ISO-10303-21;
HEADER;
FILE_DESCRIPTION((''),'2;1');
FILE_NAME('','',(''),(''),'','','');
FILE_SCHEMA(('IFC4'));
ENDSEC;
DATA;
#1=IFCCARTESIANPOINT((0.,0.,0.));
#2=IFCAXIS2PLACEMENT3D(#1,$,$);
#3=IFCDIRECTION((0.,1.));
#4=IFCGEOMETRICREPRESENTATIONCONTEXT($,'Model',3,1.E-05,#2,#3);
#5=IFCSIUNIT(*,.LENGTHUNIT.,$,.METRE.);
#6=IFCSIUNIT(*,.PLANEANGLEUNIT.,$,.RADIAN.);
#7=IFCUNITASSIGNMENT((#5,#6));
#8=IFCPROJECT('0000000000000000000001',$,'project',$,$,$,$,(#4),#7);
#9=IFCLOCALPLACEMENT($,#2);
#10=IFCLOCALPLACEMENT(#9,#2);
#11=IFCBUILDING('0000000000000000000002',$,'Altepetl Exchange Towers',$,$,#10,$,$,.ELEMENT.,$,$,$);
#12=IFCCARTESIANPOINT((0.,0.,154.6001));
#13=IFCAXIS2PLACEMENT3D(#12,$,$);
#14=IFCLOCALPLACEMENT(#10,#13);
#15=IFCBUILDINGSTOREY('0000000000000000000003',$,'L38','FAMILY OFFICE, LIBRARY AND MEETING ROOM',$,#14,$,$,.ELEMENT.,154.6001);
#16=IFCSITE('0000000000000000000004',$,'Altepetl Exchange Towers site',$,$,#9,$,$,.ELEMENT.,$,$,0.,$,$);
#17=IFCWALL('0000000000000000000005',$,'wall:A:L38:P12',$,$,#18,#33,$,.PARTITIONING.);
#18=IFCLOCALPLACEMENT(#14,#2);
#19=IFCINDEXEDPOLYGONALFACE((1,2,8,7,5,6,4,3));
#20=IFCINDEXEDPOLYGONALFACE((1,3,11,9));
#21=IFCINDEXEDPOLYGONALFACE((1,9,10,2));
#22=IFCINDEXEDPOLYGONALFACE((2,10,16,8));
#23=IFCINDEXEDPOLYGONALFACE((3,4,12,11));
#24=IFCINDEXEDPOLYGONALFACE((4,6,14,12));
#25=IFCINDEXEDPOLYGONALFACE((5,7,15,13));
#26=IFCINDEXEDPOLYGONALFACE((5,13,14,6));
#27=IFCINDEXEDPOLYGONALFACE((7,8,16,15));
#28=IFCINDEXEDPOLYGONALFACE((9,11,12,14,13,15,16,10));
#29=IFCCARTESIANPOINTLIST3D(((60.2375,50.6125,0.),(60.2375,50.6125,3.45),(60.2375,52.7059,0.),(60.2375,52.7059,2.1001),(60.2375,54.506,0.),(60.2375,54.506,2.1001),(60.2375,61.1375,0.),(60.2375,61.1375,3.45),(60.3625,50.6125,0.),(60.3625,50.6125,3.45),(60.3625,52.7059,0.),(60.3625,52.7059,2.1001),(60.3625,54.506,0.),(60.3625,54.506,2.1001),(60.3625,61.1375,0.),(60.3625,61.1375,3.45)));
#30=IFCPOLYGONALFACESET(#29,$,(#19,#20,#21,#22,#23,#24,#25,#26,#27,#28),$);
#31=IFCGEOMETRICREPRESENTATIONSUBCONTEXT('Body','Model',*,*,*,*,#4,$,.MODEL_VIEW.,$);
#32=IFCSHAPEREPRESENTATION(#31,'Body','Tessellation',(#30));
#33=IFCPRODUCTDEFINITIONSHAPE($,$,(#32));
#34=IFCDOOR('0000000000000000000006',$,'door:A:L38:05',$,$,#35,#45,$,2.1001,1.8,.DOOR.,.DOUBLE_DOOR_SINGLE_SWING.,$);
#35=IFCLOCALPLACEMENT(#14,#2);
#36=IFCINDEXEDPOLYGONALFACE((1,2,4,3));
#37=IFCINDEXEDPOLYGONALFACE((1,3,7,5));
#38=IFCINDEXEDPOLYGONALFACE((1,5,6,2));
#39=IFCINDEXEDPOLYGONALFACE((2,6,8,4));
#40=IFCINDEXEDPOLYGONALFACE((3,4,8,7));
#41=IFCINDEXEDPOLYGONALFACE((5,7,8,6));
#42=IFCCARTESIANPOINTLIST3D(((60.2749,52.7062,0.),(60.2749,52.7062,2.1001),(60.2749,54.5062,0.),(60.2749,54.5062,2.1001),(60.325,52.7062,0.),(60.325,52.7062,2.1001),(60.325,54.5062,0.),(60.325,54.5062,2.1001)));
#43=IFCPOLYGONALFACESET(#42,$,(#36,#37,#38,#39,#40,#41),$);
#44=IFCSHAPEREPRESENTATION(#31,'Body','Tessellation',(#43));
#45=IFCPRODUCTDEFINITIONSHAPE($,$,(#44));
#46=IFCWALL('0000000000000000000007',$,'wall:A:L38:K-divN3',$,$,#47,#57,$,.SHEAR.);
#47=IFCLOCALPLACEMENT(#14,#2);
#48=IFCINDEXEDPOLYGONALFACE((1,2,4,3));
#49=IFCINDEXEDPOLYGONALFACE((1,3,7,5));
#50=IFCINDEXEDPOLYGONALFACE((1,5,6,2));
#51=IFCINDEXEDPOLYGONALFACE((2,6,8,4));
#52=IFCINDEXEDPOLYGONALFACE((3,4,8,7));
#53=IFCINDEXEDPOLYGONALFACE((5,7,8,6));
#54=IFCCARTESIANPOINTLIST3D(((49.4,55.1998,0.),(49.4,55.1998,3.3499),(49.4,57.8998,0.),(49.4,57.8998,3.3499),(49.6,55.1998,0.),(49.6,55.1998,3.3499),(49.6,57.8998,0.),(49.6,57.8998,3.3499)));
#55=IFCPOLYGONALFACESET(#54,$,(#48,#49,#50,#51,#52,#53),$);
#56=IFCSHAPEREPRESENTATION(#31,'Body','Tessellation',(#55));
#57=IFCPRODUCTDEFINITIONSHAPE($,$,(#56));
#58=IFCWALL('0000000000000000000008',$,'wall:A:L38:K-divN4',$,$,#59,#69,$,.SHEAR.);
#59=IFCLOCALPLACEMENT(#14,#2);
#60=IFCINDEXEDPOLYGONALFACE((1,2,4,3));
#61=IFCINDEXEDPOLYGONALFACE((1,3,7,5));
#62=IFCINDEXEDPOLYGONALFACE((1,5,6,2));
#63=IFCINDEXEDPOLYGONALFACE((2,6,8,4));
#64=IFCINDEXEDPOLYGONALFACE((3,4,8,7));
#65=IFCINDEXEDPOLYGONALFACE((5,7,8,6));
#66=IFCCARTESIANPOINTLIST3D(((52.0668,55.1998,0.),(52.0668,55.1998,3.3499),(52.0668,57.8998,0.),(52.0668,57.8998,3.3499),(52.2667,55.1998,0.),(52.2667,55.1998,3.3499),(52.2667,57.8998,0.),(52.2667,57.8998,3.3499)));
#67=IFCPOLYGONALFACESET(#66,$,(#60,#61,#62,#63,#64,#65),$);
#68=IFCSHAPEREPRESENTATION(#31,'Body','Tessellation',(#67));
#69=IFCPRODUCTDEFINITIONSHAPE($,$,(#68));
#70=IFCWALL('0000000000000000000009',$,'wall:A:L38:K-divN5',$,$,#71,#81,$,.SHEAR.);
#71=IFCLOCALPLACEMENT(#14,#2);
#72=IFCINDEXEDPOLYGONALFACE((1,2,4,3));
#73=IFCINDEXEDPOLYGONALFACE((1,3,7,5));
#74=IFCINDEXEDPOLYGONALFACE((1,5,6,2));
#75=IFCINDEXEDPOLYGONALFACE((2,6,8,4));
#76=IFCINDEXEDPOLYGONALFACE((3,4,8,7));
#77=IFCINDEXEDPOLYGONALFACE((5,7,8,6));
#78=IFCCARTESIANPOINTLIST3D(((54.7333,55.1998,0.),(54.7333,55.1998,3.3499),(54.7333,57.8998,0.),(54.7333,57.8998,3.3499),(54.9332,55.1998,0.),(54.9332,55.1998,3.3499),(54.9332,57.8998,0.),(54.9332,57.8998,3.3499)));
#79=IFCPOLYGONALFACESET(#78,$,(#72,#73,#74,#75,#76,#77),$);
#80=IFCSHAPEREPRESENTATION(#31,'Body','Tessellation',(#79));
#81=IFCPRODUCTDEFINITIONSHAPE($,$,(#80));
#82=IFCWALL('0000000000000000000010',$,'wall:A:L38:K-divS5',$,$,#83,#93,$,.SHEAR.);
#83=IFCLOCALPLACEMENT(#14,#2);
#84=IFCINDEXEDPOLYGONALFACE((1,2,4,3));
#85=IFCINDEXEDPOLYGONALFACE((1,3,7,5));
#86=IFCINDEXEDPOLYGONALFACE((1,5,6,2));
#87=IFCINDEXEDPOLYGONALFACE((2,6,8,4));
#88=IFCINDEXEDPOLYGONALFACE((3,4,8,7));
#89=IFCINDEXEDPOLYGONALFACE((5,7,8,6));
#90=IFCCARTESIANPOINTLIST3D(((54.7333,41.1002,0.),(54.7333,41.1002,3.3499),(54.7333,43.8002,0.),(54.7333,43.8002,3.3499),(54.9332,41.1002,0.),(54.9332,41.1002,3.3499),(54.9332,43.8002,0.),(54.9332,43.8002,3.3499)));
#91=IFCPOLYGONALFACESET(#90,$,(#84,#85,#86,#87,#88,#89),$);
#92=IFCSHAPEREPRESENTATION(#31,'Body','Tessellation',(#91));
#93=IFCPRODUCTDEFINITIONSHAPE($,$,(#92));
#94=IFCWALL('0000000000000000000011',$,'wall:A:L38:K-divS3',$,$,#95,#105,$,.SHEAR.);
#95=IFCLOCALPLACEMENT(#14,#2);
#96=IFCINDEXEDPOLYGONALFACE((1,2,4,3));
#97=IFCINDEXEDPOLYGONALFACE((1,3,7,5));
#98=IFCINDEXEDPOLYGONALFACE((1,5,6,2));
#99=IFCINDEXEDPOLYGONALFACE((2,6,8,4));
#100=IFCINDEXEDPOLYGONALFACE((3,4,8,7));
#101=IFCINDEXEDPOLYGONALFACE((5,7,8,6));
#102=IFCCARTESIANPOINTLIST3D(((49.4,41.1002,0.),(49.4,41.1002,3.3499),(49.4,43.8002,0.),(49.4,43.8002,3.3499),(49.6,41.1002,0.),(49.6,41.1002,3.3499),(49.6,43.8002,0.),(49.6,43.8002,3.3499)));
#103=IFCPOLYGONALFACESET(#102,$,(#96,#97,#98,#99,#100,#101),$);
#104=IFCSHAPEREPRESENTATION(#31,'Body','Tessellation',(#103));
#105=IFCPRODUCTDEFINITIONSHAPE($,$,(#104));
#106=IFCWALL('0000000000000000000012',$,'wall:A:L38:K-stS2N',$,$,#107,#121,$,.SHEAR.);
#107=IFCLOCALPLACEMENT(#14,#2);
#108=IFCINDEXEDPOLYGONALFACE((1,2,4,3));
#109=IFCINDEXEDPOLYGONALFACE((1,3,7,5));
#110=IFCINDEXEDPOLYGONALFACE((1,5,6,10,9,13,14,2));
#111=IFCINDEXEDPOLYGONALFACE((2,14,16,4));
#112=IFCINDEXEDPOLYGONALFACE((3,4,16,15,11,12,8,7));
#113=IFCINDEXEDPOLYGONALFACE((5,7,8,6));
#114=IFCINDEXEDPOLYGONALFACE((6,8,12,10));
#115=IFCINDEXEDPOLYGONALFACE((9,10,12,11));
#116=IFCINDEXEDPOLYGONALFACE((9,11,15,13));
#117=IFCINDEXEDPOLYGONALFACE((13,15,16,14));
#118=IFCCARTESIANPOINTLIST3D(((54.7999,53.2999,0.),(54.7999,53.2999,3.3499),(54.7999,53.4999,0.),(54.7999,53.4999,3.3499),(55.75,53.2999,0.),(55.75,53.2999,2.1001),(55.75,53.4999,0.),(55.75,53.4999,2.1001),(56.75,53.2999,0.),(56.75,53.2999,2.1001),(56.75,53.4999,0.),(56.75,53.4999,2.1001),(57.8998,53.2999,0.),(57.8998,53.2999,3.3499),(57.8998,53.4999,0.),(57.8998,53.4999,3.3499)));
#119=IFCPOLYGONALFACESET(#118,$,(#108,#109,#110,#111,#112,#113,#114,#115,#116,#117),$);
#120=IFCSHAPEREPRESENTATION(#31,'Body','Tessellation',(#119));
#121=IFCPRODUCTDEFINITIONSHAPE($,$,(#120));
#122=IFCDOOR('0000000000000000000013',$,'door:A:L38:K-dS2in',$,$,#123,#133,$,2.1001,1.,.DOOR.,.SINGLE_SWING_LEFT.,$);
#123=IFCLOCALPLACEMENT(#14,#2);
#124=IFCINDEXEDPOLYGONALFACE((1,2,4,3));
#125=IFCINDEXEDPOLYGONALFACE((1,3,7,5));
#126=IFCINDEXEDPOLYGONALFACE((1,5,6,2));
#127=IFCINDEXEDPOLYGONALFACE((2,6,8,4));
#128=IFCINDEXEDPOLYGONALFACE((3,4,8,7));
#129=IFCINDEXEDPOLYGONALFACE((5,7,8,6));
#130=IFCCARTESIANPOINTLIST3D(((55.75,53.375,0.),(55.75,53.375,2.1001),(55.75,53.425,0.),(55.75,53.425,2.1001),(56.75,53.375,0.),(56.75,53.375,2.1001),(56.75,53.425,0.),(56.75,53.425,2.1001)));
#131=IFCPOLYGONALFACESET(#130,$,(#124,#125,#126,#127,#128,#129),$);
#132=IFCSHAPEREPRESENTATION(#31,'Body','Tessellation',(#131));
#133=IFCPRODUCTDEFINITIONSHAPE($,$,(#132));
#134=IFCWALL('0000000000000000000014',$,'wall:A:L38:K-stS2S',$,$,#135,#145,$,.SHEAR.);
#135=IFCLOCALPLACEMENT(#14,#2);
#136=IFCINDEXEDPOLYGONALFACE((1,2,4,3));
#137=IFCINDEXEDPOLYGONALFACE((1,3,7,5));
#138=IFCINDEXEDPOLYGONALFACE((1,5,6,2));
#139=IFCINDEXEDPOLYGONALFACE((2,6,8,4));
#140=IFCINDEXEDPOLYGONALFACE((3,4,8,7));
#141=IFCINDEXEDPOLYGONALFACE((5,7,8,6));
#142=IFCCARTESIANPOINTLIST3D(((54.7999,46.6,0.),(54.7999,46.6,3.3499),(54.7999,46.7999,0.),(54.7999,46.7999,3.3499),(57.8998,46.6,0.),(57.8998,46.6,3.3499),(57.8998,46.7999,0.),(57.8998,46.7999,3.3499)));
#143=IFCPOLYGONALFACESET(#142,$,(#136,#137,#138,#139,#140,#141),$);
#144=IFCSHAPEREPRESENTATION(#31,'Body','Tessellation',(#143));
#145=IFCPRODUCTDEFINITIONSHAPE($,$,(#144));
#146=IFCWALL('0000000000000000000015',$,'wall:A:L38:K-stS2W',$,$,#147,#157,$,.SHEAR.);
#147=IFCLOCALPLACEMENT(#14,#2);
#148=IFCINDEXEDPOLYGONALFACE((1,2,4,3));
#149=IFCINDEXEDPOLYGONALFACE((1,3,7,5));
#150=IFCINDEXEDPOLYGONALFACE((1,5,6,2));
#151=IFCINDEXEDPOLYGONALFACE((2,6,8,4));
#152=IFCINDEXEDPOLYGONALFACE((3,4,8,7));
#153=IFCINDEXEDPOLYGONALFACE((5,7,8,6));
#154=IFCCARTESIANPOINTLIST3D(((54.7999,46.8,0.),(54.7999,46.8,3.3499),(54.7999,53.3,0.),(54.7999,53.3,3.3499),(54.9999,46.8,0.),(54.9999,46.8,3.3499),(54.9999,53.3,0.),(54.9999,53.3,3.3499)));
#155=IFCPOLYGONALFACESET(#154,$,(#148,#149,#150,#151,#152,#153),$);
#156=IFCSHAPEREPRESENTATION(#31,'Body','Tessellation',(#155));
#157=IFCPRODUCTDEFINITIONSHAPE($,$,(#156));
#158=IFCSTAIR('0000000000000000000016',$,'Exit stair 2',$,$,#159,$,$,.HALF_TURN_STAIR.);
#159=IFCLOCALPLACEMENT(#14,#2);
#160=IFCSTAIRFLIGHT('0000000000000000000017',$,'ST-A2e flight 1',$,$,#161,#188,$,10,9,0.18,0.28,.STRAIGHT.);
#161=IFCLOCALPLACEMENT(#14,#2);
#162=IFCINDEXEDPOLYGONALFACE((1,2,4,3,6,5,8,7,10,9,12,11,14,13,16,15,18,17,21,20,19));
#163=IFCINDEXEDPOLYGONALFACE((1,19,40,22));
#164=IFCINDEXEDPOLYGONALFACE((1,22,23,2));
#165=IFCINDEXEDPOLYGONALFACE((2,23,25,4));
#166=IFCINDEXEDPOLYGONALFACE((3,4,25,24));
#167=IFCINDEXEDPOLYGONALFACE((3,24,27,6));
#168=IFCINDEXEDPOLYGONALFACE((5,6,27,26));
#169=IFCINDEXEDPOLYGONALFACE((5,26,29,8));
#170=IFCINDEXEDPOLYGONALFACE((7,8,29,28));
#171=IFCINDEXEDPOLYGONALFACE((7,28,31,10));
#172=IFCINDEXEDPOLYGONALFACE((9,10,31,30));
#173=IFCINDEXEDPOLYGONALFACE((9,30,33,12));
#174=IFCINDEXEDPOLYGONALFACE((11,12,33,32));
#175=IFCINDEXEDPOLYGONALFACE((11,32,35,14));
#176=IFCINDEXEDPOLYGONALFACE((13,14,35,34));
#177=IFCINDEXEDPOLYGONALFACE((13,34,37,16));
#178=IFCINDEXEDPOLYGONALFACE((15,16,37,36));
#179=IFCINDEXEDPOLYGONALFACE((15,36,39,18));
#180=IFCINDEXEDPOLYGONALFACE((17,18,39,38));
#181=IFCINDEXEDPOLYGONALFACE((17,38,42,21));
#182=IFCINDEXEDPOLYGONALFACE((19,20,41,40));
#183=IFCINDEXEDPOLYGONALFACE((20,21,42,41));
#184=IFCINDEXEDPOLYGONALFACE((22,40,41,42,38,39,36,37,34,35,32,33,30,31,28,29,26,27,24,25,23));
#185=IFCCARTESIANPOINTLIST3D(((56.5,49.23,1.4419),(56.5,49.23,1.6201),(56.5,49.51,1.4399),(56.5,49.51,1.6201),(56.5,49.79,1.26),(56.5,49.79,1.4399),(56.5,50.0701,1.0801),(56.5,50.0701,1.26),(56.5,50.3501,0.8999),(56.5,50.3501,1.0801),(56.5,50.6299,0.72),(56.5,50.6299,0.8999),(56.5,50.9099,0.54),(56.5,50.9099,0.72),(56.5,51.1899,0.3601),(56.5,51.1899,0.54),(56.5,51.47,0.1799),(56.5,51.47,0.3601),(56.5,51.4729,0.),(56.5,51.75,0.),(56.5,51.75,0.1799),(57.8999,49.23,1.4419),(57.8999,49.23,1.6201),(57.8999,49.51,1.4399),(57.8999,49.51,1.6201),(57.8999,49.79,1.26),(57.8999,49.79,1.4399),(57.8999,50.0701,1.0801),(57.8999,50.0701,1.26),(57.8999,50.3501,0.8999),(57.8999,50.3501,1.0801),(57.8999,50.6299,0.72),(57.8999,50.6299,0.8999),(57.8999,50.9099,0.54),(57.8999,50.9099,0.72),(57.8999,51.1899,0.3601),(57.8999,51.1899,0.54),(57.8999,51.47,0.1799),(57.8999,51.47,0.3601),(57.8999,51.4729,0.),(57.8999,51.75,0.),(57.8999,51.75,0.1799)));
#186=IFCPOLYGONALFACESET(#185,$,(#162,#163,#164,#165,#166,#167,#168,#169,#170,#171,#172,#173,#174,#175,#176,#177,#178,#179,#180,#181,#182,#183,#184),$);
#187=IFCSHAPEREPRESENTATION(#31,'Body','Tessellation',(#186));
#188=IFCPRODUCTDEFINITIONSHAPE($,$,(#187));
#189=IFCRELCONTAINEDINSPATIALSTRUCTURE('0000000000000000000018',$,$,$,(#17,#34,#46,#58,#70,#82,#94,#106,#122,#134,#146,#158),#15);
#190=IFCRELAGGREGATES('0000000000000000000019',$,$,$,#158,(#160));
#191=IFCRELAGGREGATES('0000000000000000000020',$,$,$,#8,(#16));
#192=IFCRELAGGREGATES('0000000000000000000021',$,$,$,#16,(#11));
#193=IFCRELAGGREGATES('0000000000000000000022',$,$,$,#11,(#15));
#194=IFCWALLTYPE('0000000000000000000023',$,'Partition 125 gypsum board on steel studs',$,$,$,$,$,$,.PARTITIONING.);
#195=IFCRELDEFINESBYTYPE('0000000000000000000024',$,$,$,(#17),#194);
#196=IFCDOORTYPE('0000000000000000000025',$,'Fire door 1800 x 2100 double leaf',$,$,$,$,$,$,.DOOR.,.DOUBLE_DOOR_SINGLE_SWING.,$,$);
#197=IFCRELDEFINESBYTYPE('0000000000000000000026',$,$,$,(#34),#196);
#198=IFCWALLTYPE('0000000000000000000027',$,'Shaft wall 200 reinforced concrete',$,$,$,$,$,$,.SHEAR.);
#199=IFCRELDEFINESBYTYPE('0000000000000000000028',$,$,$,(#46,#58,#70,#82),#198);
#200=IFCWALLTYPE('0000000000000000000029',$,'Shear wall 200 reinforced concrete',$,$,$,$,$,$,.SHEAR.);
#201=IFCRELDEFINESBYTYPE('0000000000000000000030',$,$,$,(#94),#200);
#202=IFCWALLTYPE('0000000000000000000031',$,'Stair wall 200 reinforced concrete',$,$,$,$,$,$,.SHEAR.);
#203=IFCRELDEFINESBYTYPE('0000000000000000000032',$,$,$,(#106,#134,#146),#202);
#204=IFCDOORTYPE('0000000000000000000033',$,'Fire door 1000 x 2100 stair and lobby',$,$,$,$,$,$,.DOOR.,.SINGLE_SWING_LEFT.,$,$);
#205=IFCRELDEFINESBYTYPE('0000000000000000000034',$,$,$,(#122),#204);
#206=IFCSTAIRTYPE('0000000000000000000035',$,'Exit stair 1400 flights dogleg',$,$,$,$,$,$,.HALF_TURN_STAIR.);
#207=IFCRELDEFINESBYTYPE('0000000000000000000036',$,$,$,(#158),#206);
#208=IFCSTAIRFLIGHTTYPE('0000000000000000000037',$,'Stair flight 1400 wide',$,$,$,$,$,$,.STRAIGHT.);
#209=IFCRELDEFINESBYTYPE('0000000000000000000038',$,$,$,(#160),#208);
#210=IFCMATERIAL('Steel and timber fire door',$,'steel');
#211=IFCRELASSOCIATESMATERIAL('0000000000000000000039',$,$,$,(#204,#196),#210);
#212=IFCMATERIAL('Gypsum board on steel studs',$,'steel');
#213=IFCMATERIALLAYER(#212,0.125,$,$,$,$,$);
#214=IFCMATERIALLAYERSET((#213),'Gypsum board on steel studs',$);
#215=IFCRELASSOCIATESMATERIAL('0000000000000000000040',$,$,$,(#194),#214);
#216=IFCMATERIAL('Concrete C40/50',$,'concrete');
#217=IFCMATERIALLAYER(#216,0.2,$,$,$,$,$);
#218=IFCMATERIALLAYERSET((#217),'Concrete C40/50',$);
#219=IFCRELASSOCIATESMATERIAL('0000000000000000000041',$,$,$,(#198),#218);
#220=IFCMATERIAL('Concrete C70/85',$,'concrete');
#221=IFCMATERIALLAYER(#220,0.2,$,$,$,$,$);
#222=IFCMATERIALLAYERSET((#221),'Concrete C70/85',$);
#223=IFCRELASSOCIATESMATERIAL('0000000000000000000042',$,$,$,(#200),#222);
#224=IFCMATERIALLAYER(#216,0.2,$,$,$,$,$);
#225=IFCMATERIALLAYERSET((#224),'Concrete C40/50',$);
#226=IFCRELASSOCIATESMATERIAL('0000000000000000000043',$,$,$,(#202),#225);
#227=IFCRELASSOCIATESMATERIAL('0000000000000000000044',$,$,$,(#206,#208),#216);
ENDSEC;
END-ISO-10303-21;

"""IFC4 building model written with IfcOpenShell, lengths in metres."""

from ifc_helpers import new_model, si_unit, direction, frame, frame_2d, origin, place, context, subcontext, project, spatial, polyline, rectangle, outline, extrude, material, layer, layer_set, type_object, element, fill, aggregate, save


model = new_model("IFC4")

# Units and contexts
model_context = context("Model", 3, precision=1e-05, world=origin(), true_north=direction((0.0, 1.0)))
body_context = subcontext(model_context, "Body", "Model", "MODEL_VIEW")
ifc_project = project(units=[si_unit("LENGTHUNIT", "METRE"), si_unit("PLANEANGLEUNIT", "RADIAN")], contexts=[model_context])

# Site, building, storey
site_placement = place(None, origin())
site = spatial("IfcSite", under=ifc_project, at=site_placement, Name="Altepetl Exchange Towers site", CompositionType="ELEMENT", RefElevation=0.0)
building_placement = place(site_placement, origin())
building = spatial("IfcBuilding", under=site, at=building_placement, Name="Altepetl Exchange Towers", CompositionType="ELEMENT")
storey_placement = place(building_placement, frame((0.0, 0.0, 154.6001)))
storey = spatial("IfcBuildingStorey", under=building, at=storey_placement, Name="L38", Description="FAMILY OFFICE, LIBRARY AND MEETING ROOM", CompositionType="ELEMENT", Elevation=154.6001)

# Shared definitions
ifc_material_1 = material(Name="Concrete C70/85", Category="concrete")
ifc_material_2 = material(Name="Steel and timber fire door", Category="steel")
door_type_1 = type_object("IfcDoorType", Name="Fire door 1000 x 2100 stair and lobby", OperationType="SINGLE_SWING_LEFT", PredefinedType="DOOR", material=ifc_material_2)

# Shared definitions
ifc_material_3 = material(Name="Gypsum board on steel studs", Category="steel")
ifc_layer_1 = layer(ifc_material_3, 0.125)
ifc_layer_set_1 = layer_set([ifc_layer_1], Name="Gypsum board on steel studs")
wall_type_1 = type_object("IfcWallType", Name="Partition 125 gypsum board on steel studs", PredefinedType="PARTITIONING", material=ifc_layer_set_1)

# Shared definitions
door_type_2 = type_object("IfcDoorType", Name="Fire door 1800 x 2100 double leaf", OperationType="DOUBLE_DOOR_SINGLE_SWING", PredefinedType="DOOR", material=ifc_material_2)

# Wall, opening, door
wall_1_placement = place(storey_placement, frame((60.3, 50.6125, 0.0), z_axis=(0.0, 0.0, 1.0), x_axis=(0.0, 1.0, 0.0)))
wall_1 = element("IfcWall", 1, at=wall_1_placement, inside=storey, type_object=wall_type_1, Name="wall:A:L38:P12", PredefinedType="PARTITIONING", context=body_context, shape_type="SweptSolid", body=[
    extrude(rectangle(XDim=10.5249, YDim=0.125, at=frame_2d((5.2625, 0.0))), origin(), (0.0, 0.0, 1.0), 3.45),
])
opening_1_placement = place(wall_1_placement, frame((2.0935, 0.0, 0.0)))
opening_1 = element("IfcOpeningElement", 2, at=opening_1_placement, cuts=wall_1, PredefinedType="OPENING", context=body_context, shape_type="SweptSolid", body=[
    extrude(rectangle(XDim=1.8, YDim=2.1001, at=frame_2d((0.8999, 1.05))), frame((0.0, 0.0725, 0.0), z_axis=(0.0, -1.0, 0.0), x_axis=(1.0, 0.0, 0.0)), (0.0, 0.0, 1.0), 0.145),
])
door_1_placement = place(opening_1_placement, frame((1.8, 0.0, 0.0), x_axis=(-1.0, 0.0, 0.0)))
door_1 = element("IfcDoor", 3, at=door_1_placement, inside=storey, type_object=door_type_2, Name="door:A:L38:05", OperationType="DOUBLE_DOOR_SINGLE_SWING", OverallHeight=2.1001, OverallWidth=1.8, PredefinedType="DOOR", context=body_context, shape_type="SweptSolid", body=[
    extrude(rectangle(XDim=1.8, YDim=2.1001, at=frame_2d((0.8999, 1.05))), frame((0.0, 0.0249, 0.0), z_axis=(0.0, -1.0, 0.0), x_axis=(1.0, 0.0, 0.0)), (0.0, 0.0, 1.0), 0.05),
])
fill(opening_1, door_1)

# Walls
ifc_material_4 = material(Name="Concrete C40/50", Category="concrete")
ifc_layer_2 = layer(ifc_material_4, 0.2)
ifc_layer_set_2 = layer_set([ifc_layer_2], Name="Concrete C40/50")
wall_type_2 = type_object("IfcWallType", Name="Shaft wall 200 reinforced concrete", PredefinedType="SHEAR", material=ifc_layer_set_2)
for number, where, z_axis, x_axis, name in (
    (4, (49.5, 57.8999, 0.0), (0.0, 0.0, 1.0), (0.0, -1.0, 0.0), "wall:A:L38:K-divN3"),
    (5, (52.1667, 57.8999, 0.0), (0.0, 0.0, 1.0), (0.0, -1.0, 0.0), "wall:A:L38:K-divN4"),
    (6, (54.8333, 57.8999, 0.0), (0.0, 0.0, 1.0), (0.0, -1.0, 0.0), "wall:A:L38:K-divN5"),
    (7, (54.8333, 41.1001, 0.0), (0.0, 0.0, 1.0), (0.0, 1.0, 0.0), "wall:A:L38:K-divS5"),
):
    element("IfcWall", number, at=place(storey_placement, frame(where, z_axis=z_axis, x_axis=x_axis)), inside=storey, type_object=wall_type_2, Name=name, PredefinedType="SHEAR", context=body_context, shape_type="SweptSolid", body=[
        extrude(rectangle(XDim=2.7, YDim=0.2, at=frame_2d((1.3501, 0.0))), origin(), (0.0, 0.0, 1.0), 3.3499),
    ])
ifc_layer_3 = layer(ifc_material_1, 0.2)
ifc_layer_set_3 = layer_set([ifc_layer_3], Name="Concrete C70/85")
wall_type_3 = type_object("IfcWallType", Name="Shear wall 200 reinforced concrete", PredefinedType="SHEAR", material=ifc_layer_set_3)
wall_2_placement = place(storey_placement, frame((49.5, 41.1001, 0.0), z_axis=(0.0, 0.0, 1.0), x_axis=(0.0, 1.0, 0.0)))
element("IfcWall", 8, at=wall_2_placement, inside=storey, type_object=wall_type_3, Name="wall:A:L38:K-divS3", PredefinedType="SHEAR", context=body_context, shape_type="SweptSolid", body=[
    extrude(rectangle(XDim=2.7, YDim=0.2, at=frame_2d((1.3501, 0.0))), origin(), (0.0, 0.0, 1.0), 3.3499),
])

# Wall, opening, door
ifc_layer_4 = layer(ifc_material_4, 0.2)
ifc_layer_set_4 = layer_set([ifc_layer_4], Name="Concrete C40/50")
wall_type_4 = type_object("IfcWallType", Name="Stair wall 200 reinforced concrete", PredefinedType="SHEAR", material=ifc_layer_set_4)
wall_3_placement = place(storey_placement, frame((54.8, 53.3999, 0.0)))
wall_3 = element("IfcWall", 9, at=wall_3_placement, inside=storey, type_object=wall_type_4, Name="wall:A:L38:K-stS2N", PredefinedType="SHEAR", context=body_context, shape_type="SweptSolid", body=[
    extrude(rectangle(XDim=3.0999, YDim=0.2, at=frame_2d((1.5498, 0.0))), origin(), (0.0, 0.0, 1.0), 3.3499),
])
opening_2_placement = place(wall_3_placement, frame((0.95, 0.0, 0.0)))
opening_2 = element("IfcOpeningElement", 10, at=opening_2_placement, cuts=wall_3, PredefinedType="OPENING", context=body_context, shape_type="SweptSolid", body=[
    extrude(rectangle(XDim=1.0, YDim=2.1001, at=frame_2d((0.5, 1.05))), frame((0.0, 0.1099, 0.0), z_axis=(0.0, -1.0, 0.0), x_axis=(1.0, 0.0, 0.0)), (0.0, 0.0, 1.0), 0.22),
])
door_2_placement = place(opening_2_placement, frame((1.0, 0.0, 0.0), x_axis=(-1.0, 0.0, 0.0)))
door_2 = element("IfcDoor", 11, at=door_2_placement, inside=storey, type_object=door_type_1, Name="door:A:L38:K-dS2in", OperationType="SINGLE_SWING_LEFT", OverallHeight=2.1001, OverallWidth=1.0, PredefinedType="DOOR", context=body_context, shape_type="SweptSolid", body=[
    extrude(rectangle(XDim=1.0, YDim=2.1001, at=frame_2d((0.5, 1.05))), frame((0.0, 0.0249, 0.0), z_axis=(0.0, -1.0, 0.0), x_axis=(1.0, 0.0, 0.0)), (0.0, 0.0, 1.0), 0.05),
])
fill(opening_2, door_2)

# Walls
wall_4_placement = place(storey_placement, frame((54.8, 46.7, 0.0)))
element("IfcWall", 12, at=wall_4_placement, inside=storey, type_object=wall_type_4, Name="wall:A:L38:K-stS2S", PredefinedType="SHEAR", context=body_context, shape_type="SweptSolid", body=[
    extrude(rectangle(XDim=3.0999, YDim=0.2, at=frame_2d((1.5498, 0.0))), origin(), (0.0, 0.0, 1.0), 3.3499),
])
wall_5_placement = place(storey_placement, frame((54.8999, 46.8, 0.0), z_axis=(0.0, 0.0, 1.0), x_axis=(0.0, 1.0, 0.0)))
element("IfcWall", 13, at=wall_5_placement, inside=storey, type_object=wall_type_4, Name="wall:A:L38:K-stS2W", PredefinedType="SHEAR", context=body_context, shape_type="SweptSolid", body=[
    extrude(rectangle(XDim=6.5, YDim=0.2, at=frame_2d((3.25, 0.0))), origin(), (0.0, 0.0, 1.0), 3.3499),
])

# Stair, stair flight
stair_type = type_object("IfcStairType", Name="Exit stair 1400 flights dogleg", PredefinedType="HALF_TURN_STAIR", material=ifc_material_4)
stair_placement = place(storey_placement, origin())
stair = element("IfcStair", 14, at=stair_placement, inside=storey, type_object=stair_type, Name="Exit stair 2", PredefinedType="HALF_TURN_STAIR")
stair_flight_type = type_object("IfcStairFlightType", Name="Stair flight 1400 wide", PredefinedType="STRAIGHT", material=ifc_material_4)
stair_flight_1_placement = place(storey_placement, frame((57.2, 51.75, 0.0), z_axis=(0.0, 0.0, 1.0), x_axis=(0.0, -1.0, 0.0)))
stair_flight_1 = element("IfcStairFlight", 15, at=stair_flight_1_placement, type_object=stair_flight_type, Name="ST-A2e flight 1", NumberOfRisers=10, NumberOfTreads=9, PredefinedType="STRAIGHT", RiserHeight=0.18, TreadLength=0.28, context=body_context, shape_type="SweptSolid", body=[
    extrude(outline(polyline([(0.0, 0.0), (0.0, 0.1799), (0.28, 0.1799), (0.28, 0.3601), (0.5601, 0.3601), (0.5601, 0.54), (0.8401, 0.54), (0.8401, 0.72), (1.1201, 0.72), (1.1201, 0.8999), (1.3999, 0.8999), (1.3999, 1.0801), (1.6799, 1.0801), (1.6799, 1.26), (1.96, 1.26), (1.96, 1.4399), (2.24, 1.4399), (2.24, 1.6201), (2.52, 1.6201), (2.52, 1.8), (2.52, 1.4419), (0.2771, 0.0), (0.0, 0.0)])), frame((0.0, 0.7, 0.0), z_axis=(0.0, -1.0, 0.0), x_axis=(1.0, 0.0, 0.0)), (0.0, 0.0, 1.0), 1.3999),
])
aggregate(stair, [stair_flight_1])

save(model, "model.ifc")
